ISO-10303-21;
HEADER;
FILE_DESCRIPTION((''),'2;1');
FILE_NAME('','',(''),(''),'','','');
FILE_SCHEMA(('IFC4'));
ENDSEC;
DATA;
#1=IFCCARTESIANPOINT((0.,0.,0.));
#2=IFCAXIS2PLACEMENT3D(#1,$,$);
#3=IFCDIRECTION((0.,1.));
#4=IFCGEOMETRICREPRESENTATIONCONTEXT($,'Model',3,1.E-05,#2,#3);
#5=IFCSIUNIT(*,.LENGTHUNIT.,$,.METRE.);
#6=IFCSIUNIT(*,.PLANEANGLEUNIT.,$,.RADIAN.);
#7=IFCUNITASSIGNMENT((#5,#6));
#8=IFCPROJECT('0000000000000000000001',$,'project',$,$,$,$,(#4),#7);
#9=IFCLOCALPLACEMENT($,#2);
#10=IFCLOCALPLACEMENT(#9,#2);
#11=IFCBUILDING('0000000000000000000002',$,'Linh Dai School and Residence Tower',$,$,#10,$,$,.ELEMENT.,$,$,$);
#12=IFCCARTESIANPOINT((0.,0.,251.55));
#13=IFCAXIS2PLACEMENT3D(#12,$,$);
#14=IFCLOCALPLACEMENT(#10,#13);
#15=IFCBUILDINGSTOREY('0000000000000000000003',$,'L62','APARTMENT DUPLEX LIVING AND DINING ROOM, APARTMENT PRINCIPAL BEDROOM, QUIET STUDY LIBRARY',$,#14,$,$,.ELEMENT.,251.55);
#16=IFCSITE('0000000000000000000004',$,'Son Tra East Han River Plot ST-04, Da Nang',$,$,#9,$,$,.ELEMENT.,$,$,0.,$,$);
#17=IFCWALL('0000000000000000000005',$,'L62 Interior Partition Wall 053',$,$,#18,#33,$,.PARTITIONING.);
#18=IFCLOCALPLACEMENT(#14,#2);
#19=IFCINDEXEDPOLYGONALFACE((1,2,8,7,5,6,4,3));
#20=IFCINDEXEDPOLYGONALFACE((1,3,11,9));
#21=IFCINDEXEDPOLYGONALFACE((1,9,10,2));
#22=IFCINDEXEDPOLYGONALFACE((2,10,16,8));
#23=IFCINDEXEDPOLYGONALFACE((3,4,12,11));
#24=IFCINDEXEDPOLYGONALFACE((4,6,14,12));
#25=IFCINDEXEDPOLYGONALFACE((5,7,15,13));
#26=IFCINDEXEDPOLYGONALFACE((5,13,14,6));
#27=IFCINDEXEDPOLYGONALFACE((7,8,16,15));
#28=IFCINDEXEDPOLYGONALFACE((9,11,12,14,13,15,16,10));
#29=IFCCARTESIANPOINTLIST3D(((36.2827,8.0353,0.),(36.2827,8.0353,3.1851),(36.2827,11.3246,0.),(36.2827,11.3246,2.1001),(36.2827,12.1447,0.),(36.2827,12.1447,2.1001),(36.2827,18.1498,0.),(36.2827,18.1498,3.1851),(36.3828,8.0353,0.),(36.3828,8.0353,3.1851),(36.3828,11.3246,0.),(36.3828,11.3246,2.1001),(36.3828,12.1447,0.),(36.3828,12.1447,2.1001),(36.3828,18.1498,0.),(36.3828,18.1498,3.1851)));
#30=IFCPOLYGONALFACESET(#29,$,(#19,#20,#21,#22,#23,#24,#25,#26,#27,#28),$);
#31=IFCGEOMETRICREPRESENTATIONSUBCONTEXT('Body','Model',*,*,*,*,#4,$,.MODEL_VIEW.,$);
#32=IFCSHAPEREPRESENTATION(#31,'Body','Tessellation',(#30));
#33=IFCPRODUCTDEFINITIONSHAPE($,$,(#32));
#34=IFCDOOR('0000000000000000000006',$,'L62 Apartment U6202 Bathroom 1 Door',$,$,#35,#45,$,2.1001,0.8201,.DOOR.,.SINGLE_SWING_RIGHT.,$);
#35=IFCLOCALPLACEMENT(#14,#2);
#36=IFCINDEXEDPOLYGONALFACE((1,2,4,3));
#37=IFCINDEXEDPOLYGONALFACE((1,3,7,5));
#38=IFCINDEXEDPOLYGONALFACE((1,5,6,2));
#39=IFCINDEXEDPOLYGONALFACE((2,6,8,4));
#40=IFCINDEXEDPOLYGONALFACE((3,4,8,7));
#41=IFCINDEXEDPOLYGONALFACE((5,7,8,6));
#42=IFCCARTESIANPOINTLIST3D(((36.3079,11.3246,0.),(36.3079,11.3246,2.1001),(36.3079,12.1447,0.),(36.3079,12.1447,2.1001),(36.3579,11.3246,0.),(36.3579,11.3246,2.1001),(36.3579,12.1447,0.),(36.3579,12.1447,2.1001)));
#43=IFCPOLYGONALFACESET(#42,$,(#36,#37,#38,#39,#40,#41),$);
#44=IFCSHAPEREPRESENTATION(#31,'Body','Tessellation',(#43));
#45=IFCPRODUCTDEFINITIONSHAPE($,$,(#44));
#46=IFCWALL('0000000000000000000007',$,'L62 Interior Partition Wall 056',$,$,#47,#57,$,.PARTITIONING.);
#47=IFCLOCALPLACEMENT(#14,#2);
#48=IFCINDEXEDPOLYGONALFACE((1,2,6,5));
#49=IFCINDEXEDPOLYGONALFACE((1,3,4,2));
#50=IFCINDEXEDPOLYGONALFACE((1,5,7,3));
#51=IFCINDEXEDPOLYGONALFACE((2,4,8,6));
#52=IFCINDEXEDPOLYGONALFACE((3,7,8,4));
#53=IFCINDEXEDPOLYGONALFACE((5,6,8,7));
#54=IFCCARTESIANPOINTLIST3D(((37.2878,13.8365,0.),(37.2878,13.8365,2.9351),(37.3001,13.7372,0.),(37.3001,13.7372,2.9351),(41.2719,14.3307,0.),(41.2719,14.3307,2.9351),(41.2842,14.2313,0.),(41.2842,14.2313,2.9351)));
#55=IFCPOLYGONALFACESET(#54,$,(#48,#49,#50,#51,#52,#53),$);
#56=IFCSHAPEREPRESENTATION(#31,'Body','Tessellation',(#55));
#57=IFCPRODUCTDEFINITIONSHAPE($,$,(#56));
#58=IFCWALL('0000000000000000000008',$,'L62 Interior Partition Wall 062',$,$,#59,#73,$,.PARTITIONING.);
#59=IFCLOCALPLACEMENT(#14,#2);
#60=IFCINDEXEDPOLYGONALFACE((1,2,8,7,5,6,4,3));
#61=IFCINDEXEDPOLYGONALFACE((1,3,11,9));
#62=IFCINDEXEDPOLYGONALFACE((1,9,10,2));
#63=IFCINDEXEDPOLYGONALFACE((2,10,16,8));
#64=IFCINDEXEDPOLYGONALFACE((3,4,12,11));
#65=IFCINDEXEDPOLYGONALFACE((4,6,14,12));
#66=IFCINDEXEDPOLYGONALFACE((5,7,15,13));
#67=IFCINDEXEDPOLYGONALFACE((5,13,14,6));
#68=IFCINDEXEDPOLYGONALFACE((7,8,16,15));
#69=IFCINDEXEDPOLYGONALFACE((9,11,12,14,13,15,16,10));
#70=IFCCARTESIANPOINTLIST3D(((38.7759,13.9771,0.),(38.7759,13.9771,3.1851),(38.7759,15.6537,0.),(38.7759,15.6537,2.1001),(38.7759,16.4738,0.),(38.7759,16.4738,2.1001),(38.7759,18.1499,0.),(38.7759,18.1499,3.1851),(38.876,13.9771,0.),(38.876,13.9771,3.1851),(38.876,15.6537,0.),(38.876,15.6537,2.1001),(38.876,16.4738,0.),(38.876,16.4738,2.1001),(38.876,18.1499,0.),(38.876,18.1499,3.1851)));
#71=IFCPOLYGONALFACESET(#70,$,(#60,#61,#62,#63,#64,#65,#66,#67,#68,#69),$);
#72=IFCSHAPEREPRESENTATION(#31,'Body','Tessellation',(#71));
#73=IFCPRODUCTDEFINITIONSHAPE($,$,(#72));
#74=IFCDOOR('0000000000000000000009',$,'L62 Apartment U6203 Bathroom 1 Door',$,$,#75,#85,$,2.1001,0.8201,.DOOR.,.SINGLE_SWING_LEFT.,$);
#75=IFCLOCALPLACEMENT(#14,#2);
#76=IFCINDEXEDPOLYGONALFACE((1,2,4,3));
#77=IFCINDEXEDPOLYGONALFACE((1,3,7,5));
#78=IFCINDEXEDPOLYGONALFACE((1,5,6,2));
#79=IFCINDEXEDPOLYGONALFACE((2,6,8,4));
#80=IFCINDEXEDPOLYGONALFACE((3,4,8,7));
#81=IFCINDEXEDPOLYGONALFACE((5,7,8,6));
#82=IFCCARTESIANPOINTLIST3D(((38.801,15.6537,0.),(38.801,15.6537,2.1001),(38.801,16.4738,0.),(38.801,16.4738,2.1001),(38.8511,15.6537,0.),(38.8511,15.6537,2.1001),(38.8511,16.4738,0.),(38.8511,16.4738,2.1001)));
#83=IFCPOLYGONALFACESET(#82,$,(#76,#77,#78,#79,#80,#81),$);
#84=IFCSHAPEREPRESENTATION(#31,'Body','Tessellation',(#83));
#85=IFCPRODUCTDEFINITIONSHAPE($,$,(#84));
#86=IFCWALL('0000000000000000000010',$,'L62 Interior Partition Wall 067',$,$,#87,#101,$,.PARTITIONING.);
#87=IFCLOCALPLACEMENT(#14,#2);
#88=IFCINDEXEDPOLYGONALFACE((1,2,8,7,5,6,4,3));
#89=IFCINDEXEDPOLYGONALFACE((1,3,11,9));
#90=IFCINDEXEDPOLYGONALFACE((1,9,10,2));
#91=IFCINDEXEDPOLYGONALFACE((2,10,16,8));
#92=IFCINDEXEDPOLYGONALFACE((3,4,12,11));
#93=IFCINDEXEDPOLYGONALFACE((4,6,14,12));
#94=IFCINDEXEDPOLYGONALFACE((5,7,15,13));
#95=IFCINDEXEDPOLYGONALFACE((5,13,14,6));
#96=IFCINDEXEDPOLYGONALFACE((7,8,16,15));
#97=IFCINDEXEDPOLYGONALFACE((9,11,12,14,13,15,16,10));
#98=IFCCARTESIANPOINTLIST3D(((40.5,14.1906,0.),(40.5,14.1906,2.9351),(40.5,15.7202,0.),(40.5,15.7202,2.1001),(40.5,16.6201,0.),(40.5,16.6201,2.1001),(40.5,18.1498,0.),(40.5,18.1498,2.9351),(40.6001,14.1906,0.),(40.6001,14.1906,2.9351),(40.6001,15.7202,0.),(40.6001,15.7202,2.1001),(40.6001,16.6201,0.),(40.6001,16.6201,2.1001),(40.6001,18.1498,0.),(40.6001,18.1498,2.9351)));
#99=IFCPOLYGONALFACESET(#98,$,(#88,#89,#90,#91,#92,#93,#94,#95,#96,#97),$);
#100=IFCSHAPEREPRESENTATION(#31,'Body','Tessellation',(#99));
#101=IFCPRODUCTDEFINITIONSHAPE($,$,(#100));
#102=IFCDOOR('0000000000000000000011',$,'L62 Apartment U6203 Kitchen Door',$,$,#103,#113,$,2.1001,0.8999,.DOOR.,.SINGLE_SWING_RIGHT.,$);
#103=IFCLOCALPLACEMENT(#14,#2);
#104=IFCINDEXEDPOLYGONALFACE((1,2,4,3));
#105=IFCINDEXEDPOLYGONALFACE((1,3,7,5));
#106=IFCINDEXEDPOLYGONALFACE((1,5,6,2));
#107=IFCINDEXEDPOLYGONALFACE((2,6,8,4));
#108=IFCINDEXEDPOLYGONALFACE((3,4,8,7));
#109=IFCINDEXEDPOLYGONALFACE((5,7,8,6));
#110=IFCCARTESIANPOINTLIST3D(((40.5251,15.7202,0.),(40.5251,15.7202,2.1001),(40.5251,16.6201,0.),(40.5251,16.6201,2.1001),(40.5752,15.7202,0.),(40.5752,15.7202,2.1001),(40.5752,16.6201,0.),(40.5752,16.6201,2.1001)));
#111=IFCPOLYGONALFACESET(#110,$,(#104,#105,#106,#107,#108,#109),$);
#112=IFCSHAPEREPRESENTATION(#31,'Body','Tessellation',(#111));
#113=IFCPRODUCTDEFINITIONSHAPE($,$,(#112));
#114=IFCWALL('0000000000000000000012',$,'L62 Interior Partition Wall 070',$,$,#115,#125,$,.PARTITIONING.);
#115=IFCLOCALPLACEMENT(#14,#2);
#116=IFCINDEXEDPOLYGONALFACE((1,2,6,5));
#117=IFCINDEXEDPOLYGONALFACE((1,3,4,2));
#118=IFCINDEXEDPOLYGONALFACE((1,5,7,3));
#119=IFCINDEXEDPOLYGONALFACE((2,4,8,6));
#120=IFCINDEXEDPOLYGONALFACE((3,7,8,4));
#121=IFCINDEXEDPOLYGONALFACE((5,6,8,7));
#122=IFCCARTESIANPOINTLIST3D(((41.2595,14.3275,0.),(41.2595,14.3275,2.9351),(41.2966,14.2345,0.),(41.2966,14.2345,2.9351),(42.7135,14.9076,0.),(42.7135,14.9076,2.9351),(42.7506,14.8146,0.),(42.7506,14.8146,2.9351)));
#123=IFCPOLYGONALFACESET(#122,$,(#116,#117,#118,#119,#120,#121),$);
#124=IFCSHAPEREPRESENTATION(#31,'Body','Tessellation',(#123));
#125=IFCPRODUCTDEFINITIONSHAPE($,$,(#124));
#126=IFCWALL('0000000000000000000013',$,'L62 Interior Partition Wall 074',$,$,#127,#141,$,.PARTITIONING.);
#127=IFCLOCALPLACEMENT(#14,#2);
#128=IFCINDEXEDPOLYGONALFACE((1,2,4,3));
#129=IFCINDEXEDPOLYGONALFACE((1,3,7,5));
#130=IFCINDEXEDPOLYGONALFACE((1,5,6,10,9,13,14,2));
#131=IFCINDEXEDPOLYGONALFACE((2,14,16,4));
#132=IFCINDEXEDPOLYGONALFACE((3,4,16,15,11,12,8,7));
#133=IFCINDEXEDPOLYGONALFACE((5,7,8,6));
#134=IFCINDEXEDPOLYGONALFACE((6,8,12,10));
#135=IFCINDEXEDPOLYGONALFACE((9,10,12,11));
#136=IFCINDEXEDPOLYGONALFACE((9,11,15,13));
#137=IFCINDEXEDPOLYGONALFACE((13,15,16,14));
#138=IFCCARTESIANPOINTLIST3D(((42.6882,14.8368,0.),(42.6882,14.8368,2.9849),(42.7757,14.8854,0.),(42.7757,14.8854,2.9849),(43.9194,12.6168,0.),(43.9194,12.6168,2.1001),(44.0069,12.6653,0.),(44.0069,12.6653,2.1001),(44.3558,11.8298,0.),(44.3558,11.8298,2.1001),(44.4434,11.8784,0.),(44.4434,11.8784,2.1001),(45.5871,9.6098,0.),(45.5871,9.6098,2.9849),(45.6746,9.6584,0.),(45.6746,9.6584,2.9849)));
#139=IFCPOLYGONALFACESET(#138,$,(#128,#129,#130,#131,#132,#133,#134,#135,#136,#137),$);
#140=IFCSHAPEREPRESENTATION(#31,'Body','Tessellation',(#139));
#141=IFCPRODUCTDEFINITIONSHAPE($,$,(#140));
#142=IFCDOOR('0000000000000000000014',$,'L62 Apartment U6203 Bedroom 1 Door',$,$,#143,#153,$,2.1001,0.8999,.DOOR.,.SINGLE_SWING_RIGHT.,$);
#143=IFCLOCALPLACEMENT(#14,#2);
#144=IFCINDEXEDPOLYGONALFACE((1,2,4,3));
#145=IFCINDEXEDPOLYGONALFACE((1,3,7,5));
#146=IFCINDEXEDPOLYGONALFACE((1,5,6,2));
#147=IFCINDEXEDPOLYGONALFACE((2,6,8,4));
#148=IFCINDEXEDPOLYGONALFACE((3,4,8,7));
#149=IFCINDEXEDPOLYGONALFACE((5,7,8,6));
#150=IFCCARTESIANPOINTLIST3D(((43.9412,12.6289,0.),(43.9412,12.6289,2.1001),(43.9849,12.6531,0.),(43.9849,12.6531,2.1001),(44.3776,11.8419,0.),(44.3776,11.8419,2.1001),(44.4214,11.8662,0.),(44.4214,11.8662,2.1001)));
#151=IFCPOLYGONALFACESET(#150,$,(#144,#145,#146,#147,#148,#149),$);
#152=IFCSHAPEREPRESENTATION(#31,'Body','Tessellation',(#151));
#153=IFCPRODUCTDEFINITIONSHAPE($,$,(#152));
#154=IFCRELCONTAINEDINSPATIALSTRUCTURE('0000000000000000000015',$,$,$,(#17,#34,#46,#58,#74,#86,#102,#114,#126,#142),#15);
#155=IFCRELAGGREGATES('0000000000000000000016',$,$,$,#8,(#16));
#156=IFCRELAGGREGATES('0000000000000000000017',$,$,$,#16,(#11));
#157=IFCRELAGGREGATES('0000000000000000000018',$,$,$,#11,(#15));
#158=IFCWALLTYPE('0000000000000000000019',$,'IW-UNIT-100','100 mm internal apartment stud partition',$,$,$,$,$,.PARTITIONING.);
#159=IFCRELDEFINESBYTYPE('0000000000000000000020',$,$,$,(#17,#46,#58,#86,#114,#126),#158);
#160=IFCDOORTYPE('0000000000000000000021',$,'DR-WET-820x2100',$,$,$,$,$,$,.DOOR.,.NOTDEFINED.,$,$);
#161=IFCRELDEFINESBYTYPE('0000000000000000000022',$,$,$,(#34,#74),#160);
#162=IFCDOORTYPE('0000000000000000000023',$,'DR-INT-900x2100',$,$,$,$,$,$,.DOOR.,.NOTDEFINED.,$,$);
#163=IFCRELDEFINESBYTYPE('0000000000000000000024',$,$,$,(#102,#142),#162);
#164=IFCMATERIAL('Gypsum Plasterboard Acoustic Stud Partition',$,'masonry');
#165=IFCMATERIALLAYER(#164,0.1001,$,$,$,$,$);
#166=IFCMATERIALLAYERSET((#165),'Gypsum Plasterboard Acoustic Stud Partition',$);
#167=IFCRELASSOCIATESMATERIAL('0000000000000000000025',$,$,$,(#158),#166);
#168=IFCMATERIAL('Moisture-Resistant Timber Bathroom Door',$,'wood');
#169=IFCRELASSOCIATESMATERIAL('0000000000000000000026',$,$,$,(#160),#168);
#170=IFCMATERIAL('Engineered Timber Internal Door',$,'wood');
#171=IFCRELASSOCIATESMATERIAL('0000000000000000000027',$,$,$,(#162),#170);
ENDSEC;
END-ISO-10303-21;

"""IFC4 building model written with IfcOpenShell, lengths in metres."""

from ifc_helpers import new_model, si_unit, direction, frame, frame_2d, origin, origin_2d, place, context, subcontext, project, spatial, rectangle, extrude, source, transform, mapped, material, layer, layer_set, type_object, element, fill, save


model = new_model("IFC4")

# Units and contexts
model_context = context("Model", 3, precision=1e-05, world=origin(), true_north=direction((0.0, 1.0)))
body_context = subcontext(model_context, "Body", "Model", "MODEL_VIEW")
ifc_project = project(units=[si_unit("LENGTHUNIT", "METRE"), si_unit("PLANEANGLEUNIT", "RADIAN")], contexts=[model_context])

# Site, building, storey
site_placement = place(None, origin())
site = spatial("IfcSite", under=ifc_project, at=site_placement, Name="Son Tra East Han River Plot ST-04, Da Nang", CompositionType="ELEMENT", RefElevation=0.0)
building_placement = place(site_placement, origin())
building = spatial("IfcBuilding", under=site, at=building_placement, Name="Linh Dai School and Residence Tower", CompositionType="ELEMENT")
storey_placement = place(building_placement, frame((0.0, 0.0, 251.55)))
storey = spatial("IfcBuildingStorey", under=building, at=storey_placement, Name="L62", Description="APARTMENT DUPLEX LIVING AND DINING ROOM, APARTMENT PRINCIPAL BEDROOM, QUIET STUDY LIBRARY", CompositionType="ELEMENT", Elevation=251.55)

# Wall, opening, door
ifc_material_1 = material(Name="Gypsum Plasterboard Acoustic Stud Partition", Category="masonry")
ifc_layer_1 = layer(ifc_material_1, 0.1001)
ifc_layer_set_1 = layer_set([ifc_layer_1], Name="Gypsum Plasterboard Acoustic Stud Partition")
wall_type_1 = type_object("IfcWallType", Name="IW-UNIT-100", Description="100 mm internal apartment stud partition", PredefinedType="PARTITIONING", material=ifc_layer_set_1)
wall_1_placement = place(storey_placement, frame((36.3328, 8.0354, 0.0), z_axis=(0.0, 0.0, 1.0), x_axis=(0.0, 1.0, 0.0)))
wall_1 = element("IfcWall", 1, at=wall_1_placement, inside=storey, type_object=wall_type_1, Name="L62 Interior Partition Wall 053", PredefinedType="PARTITIONING", context=body_context, shape_type="SweptSolid", body=[
    extrude(rectangle(XDim=10.1145, YDim=0.1001, at=frame_2d((5.0571, 0.0))), origin(), (0.0, 0.0, 1.0), 3.1851),
])
opening_1_placement = place(wall_1_placement, frame((3.2891, 0.0, 0.0)))
opening_1 = element("IfcOpeningElement", 2, at=opening_1_placement, cuts=wall_1, PredefinedType="OPENING", context=body_context, shape_type="SweptSolid", body=[
    extrude(rectangle(XDim=0.8201, YDim=2.1001, at=origin_2d()), frame((0.4102, 0.0601, 1.05), z_axis=(0.0, -1.0, 0.0), x_axis=(1.0, 0.0, 0.0)), (0.0, 0.0, 1.0), 0.1201),
])
ifc_material_2 = material(Name="Moisture-Resistant Timber Bathroom Door", Category="wood")
door_type_1 = type_object("IfcDoorType", Name="DR-WET-820x2100", OperationType="NOTDEFINED", PredefinedType="DOOR", material=ifc_material_2)
shared_shape_1 = source(origin(), body_context, "Body", "SweptSolid", [
    extrude(rectangle(XDim=0.8201, YDim=2.1001, at=origin_2d()), frame((0.4102, 0.0249, 1.05), z_axis=(0.0, -1.0, 0.0), x_axis=(1.0, 0.0, 0.0)), (0.0, 0.0, 1.0), 0.05),
])
door_1_placement = place(opening_1_placement, origin())
door_1 = element("IfcDoor", 3, at=door_1_placement, inside=storey, type_object=door_type_1, Name="L62 Apartment U6202 Bathroom 1 Door", OperationType="SINGLE_SWING_RIGHT", OverallHeight=2.1001, OverallWidth=0.8201, PredefinedType="DOOR", context=body_context, shape_type="MappedRepresentation", body=[
    mapped(shared_shape_1, transform((0.0, 0.0, 0.0), x_axis=(1.0, 0.0, 0.0), y_axis=(0.0, 1.0, 0.0), z_axis=(0.0, 0.0, 1.0), scale=1.0)),
])
fill(opening_1, door_1)

# Wall
wall_2_placement = place(storey_placement, frame((37.2939, 13.7869, 0.0), z_axis=(0.0, 0.0, 1.0), x_axis=(0.992396, 0.123084, 0.0)))
element("IfcWall", 4, at=wall_2_placement, inside=storey, type_object=wall_type_1, Name="L62 Interior Partition Wall 056", PredefinedType="PARTITIONING", context=body_context, shape_type="SweptSolid", body=[
    extrude(rectangle(XDim=4.0146, YDim=0.1001, at=frame_2d((2.0073, 0.0))), origin(), (0.0, 0.0, 1.0), 2.9351),
])

# Walls, openings, doors
wall_3_placement = place(storey_placement, frame((38.8259, 13.9771, 0.0), z_axis=(0.0, 0.0, 1.0), x_axis=(0.0, 1.0, 0.0)))
wall_3 = element("IfcWall", 5, at=wall_3_placement, inside=storey, type_object=wall_type_1, Name="L62 Interior Partition Wall 062", PredefinedType="PARTITIONING", context=body_context, shape_type="SweptSolid", body=[
    extrude(rectangle(XDim=4.1729, YDim=0.1001, at=frame_2d((2.0864, 0.0))), origin(), (0.0, 0.0, 1.0), 3.1851),
])
opening_2_placement = place(wall_3_placement, frame((1.6765, 0.0, 0.0)))
opening_2 = element("IfcOpeningElement", 6, at=opening_2_placement, cuts=wall_3, PredefinedType="OPENING", context=body_context, shape_type="SweptSolid", body=[
    extrude(rectangle(XDim=0.8201, YDim=2.1001, at=origin_2d()), frame((0.4102, 0.0601, 1.05), z_axis=(0.0, -1.0, 0.0), x_axis=(1.0, 0.0, 0.0)), (0.0, 0.0, 1.0), 0.1201),
])
door_2_placement = place(opening_2_placement, origin())
door_2 = element("IfcDoor", 7, at=door_2_placement, inside=storey, type_object=door_type_1, Name="L62 Apartment U6203 Bathroom 1 Door", OperationType="SINGLE_SWING_LEFT", OverallHeight=2.1001, OverallWidth=0.8201, PredefinedType="DOOR", context=body_context, shape_type="MappedRepresentation", body=[
    mapped(shared_shape_1, transform((0.0, 0.0, 0.0), x_axis=(1.0, 0.0, 0.0), y_axis=(0.0, 1.0, 0.0), z_axis=(0.0, 0.0, 1.0), scale=1.0)),
])
fill(opening_2, door_2)
wall_4_placement = place(storey_placement, frame((40.55, 14.1907, 0.0), z_axis=(0.0, 0.0, 1.0), x_axis=(0.0, 1.0, 0.0)))
wall_4 = element("IfcWall", 8, at=wall_4_placement, inside=storey, type_object=wall_type_1, Name="L62 Interior Partition Wall 067", PredefinedType="PARTITIONING", context=body_context, shape_type="SweptSolid", body=[
    extrude(rectangle(XDim=3.9592, YDim=0.1001, at=frame_2d((1.9795, 0.0))), origin(), (0.0, 0.0, 1.0), 2.9351),
])
opening_3_placement = place(wall_4_placement, frame((1.5295, 0.0, 0.0)))
opening_3 = element("IfcOpeningElement", 9, at=opening_3_placement, cuts=wall_4, PredefinedType="OPENING", context=body_context, shape_type="SweptSolid", body=[
    extrude(rectangle(XDim=0.8999, YDim=2.1001, at=origin_2d()), frame((0.45, 0.0601, 1.05), z_axis=(0.0, -1.0, 0.0), x_axis=(1.0, 0.0, 0.0)), (0.0, 0.0, 1.0), 0.1201),
])
ifc_material_3 = material(Name="Engineered Timber Internal Door", Category="wood")
door_type_2 = type_object("IfcDoorType", Name="DR-INT-900x2100", OperationType="NOTDEFINED", PredefinedType="DOOR", material=ifc_material_3)
shared_shape_2 = source(origin(), body_context, "Body", "SweptSolid", [
    extrude(rectangle(XDim=0.8999, YDim=2.1001, at=origin_2d()), frame((0.45, 0.0249, 1.05), z_axis=(0.0, -1.0, 0.0), x_axis=(1.0, 0.0, 0.0)), (0.0, 0.0, 1.0), 0.05),
])
door_3_placement = place(opening_3_placement, origin())
door_3 = element("IfcDoor", 10, at=door_3_placement, inside=storey, type_object=door_type_2, Name="L62 Apartment U6203 Kitchen Door", OperationType="SINGLE_SWING_RIGHT", OverallHeight=2.1001, OverallWidth=0.8999, PredefinedType="DOOR", context=body_context, shape_type="MappedRepresentation", body=[
    mapped(shared_shape_2, transform((0.0, 0.0, 0.0), x_axis=(1.0, 0.0, 0.0), y_axis=(0.0, 1.0, 0.0), z_axis=(0.0, 0.0, 1.0), scale=1.0)),
])
fill(opening_3, door_3)

# Wall
wall_5_placement = place(storey_placement, frame((41.2781, 14.281, 0.0), z_axis=(0.0, 0.0, 1.0), x_axis=(0.928799, 0.370584, 0.0)))
element("IfcWall", 11, at=wall_5_placement, inside=storey, type_object=wall_type_1, Name="L62 Interior Partition Wall 070", PredefinedType="PARTITIONING", context=body_context, shape_type="SweptSolid", body=[
    extrude(rectangle(XDim=1.5654, YDim=0.1001, at=frame_2d((0.7827, 0.0))), origin(), (0.0, 0.0, 1.0), 2.9351),
])

# Wall, opening, door
wall_6_placement = place(storey_placement, frame((42.7319, 14.8611, 0.0), z_axis=(0.0, 0.0, 1.0), x_axis=(0.485005, -0.874512, 0.0)))
wall_6 = element("IfcWall", 12, at=wall_6_placement, inside=storey, type_object=wall_type_1, Name="L62 Interior Partition Wall 074", PredefinedType="PARTITIONING", context=body_context, shape_type="SweptSolid", body=[
    extrude(rectangle(XDim=5.9771, YDim=0.1001, at=frame_2d((2.9885, 0.0))), origin(), (0.0, 0.0, 1.0), 2.9849),
])
opening_4_placement = place(wall_6_placement, frame((2.5386, 0.0, 0.0)))
opening_4 = element("IfcOpeningElement", 13, at=opening_4_placement, cuts=wall_6, PredefinedType="OPENING", context=body_context, shape_type="SweptSolid", body=[
    extrude(rectangle(XDim=0.8999, YDim=2.1001, at=origin_2d()), frame((0.45, 0.0601, 1.05), z_axis=(0.0, -1.0, 0.0), x_axis=(1.0, 0.0, 0.0)), (0.0, 0.0, 1.0), 0.1201),
])
door_4_placement = place(opening_4_placement, origin())
door_4 = element("IfcDoor", 14, at=door_4_placement, inside=storey, type_object=door_type_2, Name="L62 Apartment U6203 Bedroom 1 Door", OperationType="SINGLE_SWING_RIGHT", OverallHeight=2.1001, OverallWidth=0.8999, PredefinedType="DOOR", context=body_context, shape_type="MappedRepresentation", body=[
    mapped(shared_shape_2, transform((0.0, 0.0, 0.0), x_axis=(1.0, 0.0, 0.0), y_axis=(0.0, 1.0, 0.0), z_axis=(0.0, 0.0, 1.0), scale=1.0)),
])
fill(opening_4, door_4)

save(model, "model.ifc")
